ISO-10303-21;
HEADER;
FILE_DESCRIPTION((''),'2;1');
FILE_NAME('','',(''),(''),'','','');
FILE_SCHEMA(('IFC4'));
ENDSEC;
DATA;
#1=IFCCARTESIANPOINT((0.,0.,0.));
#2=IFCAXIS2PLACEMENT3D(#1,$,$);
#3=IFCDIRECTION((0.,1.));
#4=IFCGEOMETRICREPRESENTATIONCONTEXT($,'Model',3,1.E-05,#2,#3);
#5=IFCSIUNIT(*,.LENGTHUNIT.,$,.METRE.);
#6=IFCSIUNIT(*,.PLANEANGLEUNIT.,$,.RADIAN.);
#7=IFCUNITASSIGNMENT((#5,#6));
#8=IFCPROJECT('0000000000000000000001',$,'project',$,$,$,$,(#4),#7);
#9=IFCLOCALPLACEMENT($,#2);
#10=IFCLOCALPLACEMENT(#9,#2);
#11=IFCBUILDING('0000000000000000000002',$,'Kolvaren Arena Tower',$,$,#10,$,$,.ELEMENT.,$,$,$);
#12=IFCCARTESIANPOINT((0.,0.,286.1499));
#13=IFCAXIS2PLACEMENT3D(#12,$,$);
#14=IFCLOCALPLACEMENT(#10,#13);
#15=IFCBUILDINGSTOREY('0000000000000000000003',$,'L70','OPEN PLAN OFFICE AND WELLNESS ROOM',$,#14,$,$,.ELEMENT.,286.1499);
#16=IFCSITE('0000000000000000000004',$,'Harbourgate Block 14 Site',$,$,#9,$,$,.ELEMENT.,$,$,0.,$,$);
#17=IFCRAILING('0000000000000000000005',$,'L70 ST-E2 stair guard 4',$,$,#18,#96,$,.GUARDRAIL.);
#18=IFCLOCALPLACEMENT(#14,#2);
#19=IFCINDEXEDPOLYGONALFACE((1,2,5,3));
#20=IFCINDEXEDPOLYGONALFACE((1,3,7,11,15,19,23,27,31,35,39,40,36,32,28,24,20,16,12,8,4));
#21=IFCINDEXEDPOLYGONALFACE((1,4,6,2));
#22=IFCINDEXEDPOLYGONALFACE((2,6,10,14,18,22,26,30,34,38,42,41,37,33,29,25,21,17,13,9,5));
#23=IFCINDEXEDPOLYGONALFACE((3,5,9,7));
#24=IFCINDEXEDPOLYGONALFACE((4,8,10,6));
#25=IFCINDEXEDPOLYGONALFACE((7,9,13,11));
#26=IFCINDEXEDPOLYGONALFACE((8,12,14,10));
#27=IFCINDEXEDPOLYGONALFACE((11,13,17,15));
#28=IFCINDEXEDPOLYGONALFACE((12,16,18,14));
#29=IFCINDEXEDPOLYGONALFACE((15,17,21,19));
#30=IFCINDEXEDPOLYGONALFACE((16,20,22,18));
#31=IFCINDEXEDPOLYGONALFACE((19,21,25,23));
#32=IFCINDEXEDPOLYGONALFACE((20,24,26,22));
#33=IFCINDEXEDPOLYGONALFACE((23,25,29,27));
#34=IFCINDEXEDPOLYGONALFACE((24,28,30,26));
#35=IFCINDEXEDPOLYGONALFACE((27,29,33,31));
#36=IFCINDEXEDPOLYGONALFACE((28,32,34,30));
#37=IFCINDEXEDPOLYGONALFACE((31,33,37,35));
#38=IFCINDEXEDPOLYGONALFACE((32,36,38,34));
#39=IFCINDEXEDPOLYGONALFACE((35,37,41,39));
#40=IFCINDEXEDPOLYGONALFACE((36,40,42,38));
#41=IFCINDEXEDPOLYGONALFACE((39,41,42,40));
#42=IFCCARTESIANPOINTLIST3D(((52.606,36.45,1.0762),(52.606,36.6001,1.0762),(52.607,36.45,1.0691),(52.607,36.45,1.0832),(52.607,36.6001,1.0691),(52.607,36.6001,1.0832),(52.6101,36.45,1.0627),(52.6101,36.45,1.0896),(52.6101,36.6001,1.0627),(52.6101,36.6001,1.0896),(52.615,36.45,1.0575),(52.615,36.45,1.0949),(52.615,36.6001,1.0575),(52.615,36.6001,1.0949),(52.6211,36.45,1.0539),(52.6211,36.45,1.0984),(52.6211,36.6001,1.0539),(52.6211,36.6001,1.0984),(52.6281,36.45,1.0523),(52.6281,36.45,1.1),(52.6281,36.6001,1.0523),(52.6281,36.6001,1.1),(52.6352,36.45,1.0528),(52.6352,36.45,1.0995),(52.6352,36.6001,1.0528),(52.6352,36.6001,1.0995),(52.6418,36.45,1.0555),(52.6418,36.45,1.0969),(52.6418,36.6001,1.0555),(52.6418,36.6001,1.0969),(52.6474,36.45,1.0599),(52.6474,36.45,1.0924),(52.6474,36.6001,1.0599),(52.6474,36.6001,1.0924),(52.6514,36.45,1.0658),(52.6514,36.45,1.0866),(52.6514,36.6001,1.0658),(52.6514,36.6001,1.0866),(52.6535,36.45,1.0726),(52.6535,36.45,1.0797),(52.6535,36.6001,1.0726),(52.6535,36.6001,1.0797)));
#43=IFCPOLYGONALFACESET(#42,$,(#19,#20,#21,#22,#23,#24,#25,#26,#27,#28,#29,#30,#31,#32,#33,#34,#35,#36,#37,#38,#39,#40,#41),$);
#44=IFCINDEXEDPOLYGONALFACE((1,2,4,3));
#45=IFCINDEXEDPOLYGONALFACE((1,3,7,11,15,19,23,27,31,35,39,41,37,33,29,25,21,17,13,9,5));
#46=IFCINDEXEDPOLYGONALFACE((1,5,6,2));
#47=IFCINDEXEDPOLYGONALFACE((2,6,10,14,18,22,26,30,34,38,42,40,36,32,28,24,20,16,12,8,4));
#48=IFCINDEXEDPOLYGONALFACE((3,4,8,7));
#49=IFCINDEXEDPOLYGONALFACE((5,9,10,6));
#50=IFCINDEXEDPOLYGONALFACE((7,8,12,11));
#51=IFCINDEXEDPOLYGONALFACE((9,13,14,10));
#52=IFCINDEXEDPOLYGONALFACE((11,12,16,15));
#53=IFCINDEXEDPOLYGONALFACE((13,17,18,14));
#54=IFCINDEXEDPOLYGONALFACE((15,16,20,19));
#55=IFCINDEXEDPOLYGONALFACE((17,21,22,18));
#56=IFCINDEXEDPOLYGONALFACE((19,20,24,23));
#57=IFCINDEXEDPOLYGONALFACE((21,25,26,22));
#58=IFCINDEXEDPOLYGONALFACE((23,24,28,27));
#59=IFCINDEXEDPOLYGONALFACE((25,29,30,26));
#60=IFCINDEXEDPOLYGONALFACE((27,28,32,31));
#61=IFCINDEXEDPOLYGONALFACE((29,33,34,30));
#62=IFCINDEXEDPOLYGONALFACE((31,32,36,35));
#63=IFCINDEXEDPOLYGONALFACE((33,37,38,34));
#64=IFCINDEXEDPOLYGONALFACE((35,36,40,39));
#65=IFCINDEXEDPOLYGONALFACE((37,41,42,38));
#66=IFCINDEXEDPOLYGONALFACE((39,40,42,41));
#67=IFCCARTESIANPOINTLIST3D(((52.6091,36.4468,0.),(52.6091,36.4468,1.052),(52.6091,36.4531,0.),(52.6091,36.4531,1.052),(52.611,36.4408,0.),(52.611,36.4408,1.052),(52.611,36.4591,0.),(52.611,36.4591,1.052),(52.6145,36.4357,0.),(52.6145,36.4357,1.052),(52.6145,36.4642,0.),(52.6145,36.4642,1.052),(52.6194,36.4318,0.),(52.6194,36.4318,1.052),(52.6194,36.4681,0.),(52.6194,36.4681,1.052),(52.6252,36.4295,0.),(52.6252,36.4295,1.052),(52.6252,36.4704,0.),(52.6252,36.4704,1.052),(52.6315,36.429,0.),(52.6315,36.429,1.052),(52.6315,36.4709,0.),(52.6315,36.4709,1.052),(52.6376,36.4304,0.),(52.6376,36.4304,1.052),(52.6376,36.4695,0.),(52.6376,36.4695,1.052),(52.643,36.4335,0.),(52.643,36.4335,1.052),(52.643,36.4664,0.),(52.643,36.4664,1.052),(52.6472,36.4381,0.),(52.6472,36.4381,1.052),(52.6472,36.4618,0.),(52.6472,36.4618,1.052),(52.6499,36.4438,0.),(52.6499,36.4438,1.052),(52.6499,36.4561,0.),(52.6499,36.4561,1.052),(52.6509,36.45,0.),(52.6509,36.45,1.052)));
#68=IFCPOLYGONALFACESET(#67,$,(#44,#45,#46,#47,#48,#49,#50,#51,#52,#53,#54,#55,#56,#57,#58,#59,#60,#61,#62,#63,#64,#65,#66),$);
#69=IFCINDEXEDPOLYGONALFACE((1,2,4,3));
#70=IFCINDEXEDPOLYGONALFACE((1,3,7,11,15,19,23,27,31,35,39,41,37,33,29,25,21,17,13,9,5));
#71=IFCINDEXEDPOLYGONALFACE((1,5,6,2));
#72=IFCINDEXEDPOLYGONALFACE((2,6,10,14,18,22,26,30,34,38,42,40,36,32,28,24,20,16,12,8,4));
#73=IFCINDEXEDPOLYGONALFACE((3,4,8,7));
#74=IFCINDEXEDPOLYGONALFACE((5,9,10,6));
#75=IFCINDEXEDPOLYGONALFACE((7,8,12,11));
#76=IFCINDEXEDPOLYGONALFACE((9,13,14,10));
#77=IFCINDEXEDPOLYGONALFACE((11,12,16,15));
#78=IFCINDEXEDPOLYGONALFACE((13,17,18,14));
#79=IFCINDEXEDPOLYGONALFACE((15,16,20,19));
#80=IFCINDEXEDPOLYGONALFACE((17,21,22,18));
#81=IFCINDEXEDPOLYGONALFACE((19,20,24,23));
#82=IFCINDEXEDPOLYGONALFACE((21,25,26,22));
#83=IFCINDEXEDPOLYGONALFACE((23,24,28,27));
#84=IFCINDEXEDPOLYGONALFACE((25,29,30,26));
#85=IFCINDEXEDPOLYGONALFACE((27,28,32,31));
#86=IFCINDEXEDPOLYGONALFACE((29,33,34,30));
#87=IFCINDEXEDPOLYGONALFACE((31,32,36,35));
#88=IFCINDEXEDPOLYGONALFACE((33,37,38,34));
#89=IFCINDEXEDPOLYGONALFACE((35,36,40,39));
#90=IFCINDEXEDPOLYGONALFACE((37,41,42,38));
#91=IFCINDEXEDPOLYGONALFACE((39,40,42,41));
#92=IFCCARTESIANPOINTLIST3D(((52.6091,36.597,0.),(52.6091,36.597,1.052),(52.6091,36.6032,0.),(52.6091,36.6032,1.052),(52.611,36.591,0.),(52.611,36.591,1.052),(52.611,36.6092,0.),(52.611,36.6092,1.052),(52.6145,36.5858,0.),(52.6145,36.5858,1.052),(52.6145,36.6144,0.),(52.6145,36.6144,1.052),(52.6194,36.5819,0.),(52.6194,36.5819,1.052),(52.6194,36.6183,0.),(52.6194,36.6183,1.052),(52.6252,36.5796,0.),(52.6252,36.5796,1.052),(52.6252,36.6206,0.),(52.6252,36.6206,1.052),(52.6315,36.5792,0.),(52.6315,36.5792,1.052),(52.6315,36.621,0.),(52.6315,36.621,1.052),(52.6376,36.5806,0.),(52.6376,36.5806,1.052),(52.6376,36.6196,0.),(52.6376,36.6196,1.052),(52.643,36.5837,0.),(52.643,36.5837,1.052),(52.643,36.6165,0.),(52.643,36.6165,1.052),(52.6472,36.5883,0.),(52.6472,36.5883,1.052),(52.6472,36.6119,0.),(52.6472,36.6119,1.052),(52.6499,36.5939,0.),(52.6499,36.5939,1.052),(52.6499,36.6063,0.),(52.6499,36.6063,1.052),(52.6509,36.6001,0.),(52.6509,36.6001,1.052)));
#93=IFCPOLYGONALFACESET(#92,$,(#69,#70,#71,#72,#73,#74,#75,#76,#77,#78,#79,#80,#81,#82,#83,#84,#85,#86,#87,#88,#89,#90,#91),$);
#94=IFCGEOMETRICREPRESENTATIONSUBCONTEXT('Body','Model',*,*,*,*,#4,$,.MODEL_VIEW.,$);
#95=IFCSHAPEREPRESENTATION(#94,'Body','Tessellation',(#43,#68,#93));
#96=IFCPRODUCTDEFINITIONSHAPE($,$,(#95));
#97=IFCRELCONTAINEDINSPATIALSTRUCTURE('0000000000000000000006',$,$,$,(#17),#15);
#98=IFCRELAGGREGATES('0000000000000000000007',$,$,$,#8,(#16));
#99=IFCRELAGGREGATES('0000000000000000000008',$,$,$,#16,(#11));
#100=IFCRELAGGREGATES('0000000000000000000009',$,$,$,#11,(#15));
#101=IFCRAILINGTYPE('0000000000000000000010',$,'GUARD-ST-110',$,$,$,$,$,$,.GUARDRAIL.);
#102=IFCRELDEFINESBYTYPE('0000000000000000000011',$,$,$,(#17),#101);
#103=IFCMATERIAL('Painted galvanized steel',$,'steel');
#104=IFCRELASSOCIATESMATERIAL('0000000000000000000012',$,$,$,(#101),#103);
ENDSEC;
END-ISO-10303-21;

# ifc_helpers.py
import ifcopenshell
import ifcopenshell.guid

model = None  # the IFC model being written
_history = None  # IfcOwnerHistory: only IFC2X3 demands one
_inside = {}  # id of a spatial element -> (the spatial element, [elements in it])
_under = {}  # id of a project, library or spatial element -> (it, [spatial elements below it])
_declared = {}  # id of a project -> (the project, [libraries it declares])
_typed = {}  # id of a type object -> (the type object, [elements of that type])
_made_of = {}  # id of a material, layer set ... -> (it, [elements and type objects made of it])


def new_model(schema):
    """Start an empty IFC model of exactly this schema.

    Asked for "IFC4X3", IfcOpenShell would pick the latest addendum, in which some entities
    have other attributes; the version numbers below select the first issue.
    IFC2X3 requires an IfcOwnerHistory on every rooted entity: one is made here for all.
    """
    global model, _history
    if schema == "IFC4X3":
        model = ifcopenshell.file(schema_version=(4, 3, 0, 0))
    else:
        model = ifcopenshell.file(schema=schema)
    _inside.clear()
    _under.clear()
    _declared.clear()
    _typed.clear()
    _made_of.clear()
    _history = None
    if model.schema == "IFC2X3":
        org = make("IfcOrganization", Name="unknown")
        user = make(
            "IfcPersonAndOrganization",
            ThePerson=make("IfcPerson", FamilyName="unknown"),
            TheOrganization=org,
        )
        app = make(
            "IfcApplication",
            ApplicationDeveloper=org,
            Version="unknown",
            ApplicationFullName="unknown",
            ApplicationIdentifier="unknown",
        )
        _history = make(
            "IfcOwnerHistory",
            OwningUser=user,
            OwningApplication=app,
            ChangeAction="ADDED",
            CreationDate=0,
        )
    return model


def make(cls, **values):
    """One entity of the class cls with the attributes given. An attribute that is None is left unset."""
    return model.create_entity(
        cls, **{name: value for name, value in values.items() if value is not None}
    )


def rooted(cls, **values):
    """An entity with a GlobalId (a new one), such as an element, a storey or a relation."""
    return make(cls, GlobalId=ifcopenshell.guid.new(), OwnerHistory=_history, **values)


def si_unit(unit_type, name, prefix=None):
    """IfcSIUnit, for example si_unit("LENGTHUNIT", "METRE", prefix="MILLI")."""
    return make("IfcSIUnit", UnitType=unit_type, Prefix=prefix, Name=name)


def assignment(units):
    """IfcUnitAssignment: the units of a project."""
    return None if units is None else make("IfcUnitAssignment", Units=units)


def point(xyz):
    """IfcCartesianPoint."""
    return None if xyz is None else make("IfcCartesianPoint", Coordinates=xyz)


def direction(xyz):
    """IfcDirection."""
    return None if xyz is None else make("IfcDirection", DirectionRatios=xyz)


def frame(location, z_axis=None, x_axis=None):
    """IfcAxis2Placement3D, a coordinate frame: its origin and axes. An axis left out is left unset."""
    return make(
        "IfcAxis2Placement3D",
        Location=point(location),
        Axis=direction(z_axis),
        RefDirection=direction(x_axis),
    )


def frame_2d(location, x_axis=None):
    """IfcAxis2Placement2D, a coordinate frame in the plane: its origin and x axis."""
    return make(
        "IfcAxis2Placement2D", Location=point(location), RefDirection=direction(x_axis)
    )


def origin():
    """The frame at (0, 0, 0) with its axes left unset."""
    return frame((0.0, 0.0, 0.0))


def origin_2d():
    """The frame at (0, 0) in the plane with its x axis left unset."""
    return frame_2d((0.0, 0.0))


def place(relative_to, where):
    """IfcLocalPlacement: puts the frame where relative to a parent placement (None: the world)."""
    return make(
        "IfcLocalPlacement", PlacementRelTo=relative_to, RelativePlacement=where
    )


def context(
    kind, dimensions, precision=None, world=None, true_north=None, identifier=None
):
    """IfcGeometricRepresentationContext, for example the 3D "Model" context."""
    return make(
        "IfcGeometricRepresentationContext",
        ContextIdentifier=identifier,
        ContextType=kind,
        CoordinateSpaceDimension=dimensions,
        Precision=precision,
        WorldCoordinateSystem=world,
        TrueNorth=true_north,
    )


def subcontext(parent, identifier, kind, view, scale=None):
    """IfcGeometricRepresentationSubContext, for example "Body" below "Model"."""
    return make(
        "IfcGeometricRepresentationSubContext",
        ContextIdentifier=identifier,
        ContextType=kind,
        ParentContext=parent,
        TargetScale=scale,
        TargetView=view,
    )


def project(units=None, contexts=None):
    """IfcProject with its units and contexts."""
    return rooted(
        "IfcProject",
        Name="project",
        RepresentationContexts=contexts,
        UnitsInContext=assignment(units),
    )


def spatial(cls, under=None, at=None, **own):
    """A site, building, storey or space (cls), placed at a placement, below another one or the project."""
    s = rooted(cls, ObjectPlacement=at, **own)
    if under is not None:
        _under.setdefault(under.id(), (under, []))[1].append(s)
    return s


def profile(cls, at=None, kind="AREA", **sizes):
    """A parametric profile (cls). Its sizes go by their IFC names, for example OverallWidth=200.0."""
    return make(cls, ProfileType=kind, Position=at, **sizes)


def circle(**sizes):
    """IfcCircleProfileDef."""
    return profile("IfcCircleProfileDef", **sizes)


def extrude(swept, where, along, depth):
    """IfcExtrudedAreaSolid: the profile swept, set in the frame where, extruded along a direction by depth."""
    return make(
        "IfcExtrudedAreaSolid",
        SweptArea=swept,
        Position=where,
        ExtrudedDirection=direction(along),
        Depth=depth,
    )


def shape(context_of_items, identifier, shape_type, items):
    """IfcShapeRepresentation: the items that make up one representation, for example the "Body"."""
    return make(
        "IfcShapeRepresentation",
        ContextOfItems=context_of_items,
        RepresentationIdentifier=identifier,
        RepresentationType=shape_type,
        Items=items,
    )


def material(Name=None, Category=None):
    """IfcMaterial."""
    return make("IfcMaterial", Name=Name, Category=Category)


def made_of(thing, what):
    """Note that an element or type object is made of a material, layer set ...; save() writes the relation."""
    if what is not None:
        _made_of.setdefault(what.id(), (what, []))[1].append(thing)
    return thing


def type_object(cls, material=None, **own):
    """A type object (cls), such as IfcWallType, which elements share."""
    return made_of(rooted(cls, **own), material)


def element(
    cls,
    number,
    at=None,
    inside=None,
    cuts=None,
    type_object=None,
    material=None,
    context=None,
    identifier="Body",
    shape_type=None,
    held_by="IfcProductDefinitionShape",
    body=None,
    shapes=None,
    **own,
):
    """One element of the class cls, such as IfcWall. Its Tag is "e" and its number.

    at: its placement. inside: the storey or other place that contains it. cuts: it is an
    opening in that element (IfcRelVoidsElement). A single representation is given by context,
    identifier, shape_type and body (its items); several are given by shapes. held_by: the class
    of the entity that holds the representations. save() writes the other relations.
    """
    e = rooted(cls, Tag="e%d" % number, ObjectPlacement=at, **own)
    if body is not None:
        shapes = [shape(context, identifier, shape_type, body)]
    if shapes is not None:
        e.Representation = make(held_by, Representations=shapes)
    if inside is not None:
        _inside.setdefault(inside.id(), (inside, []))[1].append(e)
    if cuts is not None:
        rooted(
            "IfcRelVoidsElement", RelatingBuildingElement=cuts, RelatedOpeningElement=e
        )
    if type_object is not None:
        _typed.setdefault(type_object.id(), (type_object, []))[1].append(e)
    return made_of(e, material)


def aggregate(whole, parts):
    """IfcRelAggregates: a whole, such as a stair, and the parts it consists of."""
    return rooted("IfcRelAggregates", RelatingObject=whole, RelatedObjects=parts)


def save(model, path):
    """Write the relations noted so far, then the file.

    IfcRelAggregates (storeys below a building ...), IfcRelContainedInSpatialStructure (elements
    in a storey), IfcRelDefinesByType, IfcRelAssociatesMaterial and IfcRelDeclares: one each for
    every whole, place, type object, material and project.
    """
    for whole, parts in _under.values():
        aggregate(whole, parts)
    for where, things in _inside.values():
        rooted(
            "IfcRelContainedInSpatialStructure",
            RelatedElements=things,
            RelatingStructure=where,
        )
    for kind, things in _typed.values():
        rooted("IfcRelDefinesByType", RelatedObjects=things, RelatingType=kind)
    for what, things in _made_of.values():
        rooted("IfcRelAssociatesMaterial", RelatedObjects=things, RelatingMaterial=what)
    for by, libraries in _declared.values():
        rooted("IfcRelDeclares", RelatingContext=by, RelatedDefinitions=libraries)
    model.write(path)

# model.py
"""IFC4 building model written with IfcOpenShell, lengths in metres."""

from ifc_helpers import new_model, si_unit, direction, frame, origin, origin_2d, place, context, subcontext, project, spatial, circle, extrude, material, type_object, element, save


model = new_model("IFC4")

# Units and contexts
model_context = context("Model", 3, precision=1e-05, world=origin(), true_north=direction((0.0, 1.0)))
body_context = subcontext(model_context, "Body", "Model", "MODEL_VIEW")
ifc_project = project(units=[si_unit("LENGTHUNIT", "METRE"), si_unit("PLANEANGLEUNIT", "RADIAN")], contexts=[model_context])

# Site, building, storey
site_placement = place(None, origin())
site = spatial("IfcSite", under=ifc_project, at=site_placement, Name="Harbourgate Block 14 Site", CompositionType="ELEMENT", RefElevation=0.0)
building_placement = place(site_placement, origin())
building = spatial("IfcBuilding", under=site, at=building_placement, Name="Kolvaren Arena Tower", CompositionType="ELEMENT")
storey_placement = place(building_placement, frame((0.0, 0.0, 286.1499)))
storey = spatial("IfcBuildingStorey", under=building, at=storey_placement, Name="L70", Description="OPEN PLAN OFFICE AND WELLNESS ROOM", CompositionType="ELEMENT", Elevation=286.1499)

# Railing
ifc_material_1 = material(Name="Painted galvanized steel", Category="steel")
railing_type_1 = type_object("IfcRailingType", Name="GUARD-ST-110", PredefinedType="GUARDRAIL", material=ifc_material_1)
railing_1_placement = place(storey_placement, frame((52.6299, 36.45, 0.0)))
element("IfcRailing", 1, at=railing_1_placement, inside=storey, type_object=railing_type_1, Name="L70 ST-E2 stair guard 4", PredefinedType="GUARDRAIL", context=body_context, shape_type="SweptSolid", body=[
    extrude(circle(Radius=0.0239, at=origin_2d()), frame((0.0, 0.0, 1.0762), z_axis=(0.0, 1.0, 0.0), x_axis=(-1.0, 0.0, 0.0)), (0.0, 0.0, 1.0), 0.1501),
    extrude(circle(Radius=0.021, at=origin_2d()), origin(), (0.0, 0.0, 1.0), 1.052),
    extrude(circle(Radius=0.021, at=origin_2d()), frame((0.0, 0.1501, 0.0)), (0.0, 0.0, 1.0), 1.052),
])

save(model, "model.ifc")
